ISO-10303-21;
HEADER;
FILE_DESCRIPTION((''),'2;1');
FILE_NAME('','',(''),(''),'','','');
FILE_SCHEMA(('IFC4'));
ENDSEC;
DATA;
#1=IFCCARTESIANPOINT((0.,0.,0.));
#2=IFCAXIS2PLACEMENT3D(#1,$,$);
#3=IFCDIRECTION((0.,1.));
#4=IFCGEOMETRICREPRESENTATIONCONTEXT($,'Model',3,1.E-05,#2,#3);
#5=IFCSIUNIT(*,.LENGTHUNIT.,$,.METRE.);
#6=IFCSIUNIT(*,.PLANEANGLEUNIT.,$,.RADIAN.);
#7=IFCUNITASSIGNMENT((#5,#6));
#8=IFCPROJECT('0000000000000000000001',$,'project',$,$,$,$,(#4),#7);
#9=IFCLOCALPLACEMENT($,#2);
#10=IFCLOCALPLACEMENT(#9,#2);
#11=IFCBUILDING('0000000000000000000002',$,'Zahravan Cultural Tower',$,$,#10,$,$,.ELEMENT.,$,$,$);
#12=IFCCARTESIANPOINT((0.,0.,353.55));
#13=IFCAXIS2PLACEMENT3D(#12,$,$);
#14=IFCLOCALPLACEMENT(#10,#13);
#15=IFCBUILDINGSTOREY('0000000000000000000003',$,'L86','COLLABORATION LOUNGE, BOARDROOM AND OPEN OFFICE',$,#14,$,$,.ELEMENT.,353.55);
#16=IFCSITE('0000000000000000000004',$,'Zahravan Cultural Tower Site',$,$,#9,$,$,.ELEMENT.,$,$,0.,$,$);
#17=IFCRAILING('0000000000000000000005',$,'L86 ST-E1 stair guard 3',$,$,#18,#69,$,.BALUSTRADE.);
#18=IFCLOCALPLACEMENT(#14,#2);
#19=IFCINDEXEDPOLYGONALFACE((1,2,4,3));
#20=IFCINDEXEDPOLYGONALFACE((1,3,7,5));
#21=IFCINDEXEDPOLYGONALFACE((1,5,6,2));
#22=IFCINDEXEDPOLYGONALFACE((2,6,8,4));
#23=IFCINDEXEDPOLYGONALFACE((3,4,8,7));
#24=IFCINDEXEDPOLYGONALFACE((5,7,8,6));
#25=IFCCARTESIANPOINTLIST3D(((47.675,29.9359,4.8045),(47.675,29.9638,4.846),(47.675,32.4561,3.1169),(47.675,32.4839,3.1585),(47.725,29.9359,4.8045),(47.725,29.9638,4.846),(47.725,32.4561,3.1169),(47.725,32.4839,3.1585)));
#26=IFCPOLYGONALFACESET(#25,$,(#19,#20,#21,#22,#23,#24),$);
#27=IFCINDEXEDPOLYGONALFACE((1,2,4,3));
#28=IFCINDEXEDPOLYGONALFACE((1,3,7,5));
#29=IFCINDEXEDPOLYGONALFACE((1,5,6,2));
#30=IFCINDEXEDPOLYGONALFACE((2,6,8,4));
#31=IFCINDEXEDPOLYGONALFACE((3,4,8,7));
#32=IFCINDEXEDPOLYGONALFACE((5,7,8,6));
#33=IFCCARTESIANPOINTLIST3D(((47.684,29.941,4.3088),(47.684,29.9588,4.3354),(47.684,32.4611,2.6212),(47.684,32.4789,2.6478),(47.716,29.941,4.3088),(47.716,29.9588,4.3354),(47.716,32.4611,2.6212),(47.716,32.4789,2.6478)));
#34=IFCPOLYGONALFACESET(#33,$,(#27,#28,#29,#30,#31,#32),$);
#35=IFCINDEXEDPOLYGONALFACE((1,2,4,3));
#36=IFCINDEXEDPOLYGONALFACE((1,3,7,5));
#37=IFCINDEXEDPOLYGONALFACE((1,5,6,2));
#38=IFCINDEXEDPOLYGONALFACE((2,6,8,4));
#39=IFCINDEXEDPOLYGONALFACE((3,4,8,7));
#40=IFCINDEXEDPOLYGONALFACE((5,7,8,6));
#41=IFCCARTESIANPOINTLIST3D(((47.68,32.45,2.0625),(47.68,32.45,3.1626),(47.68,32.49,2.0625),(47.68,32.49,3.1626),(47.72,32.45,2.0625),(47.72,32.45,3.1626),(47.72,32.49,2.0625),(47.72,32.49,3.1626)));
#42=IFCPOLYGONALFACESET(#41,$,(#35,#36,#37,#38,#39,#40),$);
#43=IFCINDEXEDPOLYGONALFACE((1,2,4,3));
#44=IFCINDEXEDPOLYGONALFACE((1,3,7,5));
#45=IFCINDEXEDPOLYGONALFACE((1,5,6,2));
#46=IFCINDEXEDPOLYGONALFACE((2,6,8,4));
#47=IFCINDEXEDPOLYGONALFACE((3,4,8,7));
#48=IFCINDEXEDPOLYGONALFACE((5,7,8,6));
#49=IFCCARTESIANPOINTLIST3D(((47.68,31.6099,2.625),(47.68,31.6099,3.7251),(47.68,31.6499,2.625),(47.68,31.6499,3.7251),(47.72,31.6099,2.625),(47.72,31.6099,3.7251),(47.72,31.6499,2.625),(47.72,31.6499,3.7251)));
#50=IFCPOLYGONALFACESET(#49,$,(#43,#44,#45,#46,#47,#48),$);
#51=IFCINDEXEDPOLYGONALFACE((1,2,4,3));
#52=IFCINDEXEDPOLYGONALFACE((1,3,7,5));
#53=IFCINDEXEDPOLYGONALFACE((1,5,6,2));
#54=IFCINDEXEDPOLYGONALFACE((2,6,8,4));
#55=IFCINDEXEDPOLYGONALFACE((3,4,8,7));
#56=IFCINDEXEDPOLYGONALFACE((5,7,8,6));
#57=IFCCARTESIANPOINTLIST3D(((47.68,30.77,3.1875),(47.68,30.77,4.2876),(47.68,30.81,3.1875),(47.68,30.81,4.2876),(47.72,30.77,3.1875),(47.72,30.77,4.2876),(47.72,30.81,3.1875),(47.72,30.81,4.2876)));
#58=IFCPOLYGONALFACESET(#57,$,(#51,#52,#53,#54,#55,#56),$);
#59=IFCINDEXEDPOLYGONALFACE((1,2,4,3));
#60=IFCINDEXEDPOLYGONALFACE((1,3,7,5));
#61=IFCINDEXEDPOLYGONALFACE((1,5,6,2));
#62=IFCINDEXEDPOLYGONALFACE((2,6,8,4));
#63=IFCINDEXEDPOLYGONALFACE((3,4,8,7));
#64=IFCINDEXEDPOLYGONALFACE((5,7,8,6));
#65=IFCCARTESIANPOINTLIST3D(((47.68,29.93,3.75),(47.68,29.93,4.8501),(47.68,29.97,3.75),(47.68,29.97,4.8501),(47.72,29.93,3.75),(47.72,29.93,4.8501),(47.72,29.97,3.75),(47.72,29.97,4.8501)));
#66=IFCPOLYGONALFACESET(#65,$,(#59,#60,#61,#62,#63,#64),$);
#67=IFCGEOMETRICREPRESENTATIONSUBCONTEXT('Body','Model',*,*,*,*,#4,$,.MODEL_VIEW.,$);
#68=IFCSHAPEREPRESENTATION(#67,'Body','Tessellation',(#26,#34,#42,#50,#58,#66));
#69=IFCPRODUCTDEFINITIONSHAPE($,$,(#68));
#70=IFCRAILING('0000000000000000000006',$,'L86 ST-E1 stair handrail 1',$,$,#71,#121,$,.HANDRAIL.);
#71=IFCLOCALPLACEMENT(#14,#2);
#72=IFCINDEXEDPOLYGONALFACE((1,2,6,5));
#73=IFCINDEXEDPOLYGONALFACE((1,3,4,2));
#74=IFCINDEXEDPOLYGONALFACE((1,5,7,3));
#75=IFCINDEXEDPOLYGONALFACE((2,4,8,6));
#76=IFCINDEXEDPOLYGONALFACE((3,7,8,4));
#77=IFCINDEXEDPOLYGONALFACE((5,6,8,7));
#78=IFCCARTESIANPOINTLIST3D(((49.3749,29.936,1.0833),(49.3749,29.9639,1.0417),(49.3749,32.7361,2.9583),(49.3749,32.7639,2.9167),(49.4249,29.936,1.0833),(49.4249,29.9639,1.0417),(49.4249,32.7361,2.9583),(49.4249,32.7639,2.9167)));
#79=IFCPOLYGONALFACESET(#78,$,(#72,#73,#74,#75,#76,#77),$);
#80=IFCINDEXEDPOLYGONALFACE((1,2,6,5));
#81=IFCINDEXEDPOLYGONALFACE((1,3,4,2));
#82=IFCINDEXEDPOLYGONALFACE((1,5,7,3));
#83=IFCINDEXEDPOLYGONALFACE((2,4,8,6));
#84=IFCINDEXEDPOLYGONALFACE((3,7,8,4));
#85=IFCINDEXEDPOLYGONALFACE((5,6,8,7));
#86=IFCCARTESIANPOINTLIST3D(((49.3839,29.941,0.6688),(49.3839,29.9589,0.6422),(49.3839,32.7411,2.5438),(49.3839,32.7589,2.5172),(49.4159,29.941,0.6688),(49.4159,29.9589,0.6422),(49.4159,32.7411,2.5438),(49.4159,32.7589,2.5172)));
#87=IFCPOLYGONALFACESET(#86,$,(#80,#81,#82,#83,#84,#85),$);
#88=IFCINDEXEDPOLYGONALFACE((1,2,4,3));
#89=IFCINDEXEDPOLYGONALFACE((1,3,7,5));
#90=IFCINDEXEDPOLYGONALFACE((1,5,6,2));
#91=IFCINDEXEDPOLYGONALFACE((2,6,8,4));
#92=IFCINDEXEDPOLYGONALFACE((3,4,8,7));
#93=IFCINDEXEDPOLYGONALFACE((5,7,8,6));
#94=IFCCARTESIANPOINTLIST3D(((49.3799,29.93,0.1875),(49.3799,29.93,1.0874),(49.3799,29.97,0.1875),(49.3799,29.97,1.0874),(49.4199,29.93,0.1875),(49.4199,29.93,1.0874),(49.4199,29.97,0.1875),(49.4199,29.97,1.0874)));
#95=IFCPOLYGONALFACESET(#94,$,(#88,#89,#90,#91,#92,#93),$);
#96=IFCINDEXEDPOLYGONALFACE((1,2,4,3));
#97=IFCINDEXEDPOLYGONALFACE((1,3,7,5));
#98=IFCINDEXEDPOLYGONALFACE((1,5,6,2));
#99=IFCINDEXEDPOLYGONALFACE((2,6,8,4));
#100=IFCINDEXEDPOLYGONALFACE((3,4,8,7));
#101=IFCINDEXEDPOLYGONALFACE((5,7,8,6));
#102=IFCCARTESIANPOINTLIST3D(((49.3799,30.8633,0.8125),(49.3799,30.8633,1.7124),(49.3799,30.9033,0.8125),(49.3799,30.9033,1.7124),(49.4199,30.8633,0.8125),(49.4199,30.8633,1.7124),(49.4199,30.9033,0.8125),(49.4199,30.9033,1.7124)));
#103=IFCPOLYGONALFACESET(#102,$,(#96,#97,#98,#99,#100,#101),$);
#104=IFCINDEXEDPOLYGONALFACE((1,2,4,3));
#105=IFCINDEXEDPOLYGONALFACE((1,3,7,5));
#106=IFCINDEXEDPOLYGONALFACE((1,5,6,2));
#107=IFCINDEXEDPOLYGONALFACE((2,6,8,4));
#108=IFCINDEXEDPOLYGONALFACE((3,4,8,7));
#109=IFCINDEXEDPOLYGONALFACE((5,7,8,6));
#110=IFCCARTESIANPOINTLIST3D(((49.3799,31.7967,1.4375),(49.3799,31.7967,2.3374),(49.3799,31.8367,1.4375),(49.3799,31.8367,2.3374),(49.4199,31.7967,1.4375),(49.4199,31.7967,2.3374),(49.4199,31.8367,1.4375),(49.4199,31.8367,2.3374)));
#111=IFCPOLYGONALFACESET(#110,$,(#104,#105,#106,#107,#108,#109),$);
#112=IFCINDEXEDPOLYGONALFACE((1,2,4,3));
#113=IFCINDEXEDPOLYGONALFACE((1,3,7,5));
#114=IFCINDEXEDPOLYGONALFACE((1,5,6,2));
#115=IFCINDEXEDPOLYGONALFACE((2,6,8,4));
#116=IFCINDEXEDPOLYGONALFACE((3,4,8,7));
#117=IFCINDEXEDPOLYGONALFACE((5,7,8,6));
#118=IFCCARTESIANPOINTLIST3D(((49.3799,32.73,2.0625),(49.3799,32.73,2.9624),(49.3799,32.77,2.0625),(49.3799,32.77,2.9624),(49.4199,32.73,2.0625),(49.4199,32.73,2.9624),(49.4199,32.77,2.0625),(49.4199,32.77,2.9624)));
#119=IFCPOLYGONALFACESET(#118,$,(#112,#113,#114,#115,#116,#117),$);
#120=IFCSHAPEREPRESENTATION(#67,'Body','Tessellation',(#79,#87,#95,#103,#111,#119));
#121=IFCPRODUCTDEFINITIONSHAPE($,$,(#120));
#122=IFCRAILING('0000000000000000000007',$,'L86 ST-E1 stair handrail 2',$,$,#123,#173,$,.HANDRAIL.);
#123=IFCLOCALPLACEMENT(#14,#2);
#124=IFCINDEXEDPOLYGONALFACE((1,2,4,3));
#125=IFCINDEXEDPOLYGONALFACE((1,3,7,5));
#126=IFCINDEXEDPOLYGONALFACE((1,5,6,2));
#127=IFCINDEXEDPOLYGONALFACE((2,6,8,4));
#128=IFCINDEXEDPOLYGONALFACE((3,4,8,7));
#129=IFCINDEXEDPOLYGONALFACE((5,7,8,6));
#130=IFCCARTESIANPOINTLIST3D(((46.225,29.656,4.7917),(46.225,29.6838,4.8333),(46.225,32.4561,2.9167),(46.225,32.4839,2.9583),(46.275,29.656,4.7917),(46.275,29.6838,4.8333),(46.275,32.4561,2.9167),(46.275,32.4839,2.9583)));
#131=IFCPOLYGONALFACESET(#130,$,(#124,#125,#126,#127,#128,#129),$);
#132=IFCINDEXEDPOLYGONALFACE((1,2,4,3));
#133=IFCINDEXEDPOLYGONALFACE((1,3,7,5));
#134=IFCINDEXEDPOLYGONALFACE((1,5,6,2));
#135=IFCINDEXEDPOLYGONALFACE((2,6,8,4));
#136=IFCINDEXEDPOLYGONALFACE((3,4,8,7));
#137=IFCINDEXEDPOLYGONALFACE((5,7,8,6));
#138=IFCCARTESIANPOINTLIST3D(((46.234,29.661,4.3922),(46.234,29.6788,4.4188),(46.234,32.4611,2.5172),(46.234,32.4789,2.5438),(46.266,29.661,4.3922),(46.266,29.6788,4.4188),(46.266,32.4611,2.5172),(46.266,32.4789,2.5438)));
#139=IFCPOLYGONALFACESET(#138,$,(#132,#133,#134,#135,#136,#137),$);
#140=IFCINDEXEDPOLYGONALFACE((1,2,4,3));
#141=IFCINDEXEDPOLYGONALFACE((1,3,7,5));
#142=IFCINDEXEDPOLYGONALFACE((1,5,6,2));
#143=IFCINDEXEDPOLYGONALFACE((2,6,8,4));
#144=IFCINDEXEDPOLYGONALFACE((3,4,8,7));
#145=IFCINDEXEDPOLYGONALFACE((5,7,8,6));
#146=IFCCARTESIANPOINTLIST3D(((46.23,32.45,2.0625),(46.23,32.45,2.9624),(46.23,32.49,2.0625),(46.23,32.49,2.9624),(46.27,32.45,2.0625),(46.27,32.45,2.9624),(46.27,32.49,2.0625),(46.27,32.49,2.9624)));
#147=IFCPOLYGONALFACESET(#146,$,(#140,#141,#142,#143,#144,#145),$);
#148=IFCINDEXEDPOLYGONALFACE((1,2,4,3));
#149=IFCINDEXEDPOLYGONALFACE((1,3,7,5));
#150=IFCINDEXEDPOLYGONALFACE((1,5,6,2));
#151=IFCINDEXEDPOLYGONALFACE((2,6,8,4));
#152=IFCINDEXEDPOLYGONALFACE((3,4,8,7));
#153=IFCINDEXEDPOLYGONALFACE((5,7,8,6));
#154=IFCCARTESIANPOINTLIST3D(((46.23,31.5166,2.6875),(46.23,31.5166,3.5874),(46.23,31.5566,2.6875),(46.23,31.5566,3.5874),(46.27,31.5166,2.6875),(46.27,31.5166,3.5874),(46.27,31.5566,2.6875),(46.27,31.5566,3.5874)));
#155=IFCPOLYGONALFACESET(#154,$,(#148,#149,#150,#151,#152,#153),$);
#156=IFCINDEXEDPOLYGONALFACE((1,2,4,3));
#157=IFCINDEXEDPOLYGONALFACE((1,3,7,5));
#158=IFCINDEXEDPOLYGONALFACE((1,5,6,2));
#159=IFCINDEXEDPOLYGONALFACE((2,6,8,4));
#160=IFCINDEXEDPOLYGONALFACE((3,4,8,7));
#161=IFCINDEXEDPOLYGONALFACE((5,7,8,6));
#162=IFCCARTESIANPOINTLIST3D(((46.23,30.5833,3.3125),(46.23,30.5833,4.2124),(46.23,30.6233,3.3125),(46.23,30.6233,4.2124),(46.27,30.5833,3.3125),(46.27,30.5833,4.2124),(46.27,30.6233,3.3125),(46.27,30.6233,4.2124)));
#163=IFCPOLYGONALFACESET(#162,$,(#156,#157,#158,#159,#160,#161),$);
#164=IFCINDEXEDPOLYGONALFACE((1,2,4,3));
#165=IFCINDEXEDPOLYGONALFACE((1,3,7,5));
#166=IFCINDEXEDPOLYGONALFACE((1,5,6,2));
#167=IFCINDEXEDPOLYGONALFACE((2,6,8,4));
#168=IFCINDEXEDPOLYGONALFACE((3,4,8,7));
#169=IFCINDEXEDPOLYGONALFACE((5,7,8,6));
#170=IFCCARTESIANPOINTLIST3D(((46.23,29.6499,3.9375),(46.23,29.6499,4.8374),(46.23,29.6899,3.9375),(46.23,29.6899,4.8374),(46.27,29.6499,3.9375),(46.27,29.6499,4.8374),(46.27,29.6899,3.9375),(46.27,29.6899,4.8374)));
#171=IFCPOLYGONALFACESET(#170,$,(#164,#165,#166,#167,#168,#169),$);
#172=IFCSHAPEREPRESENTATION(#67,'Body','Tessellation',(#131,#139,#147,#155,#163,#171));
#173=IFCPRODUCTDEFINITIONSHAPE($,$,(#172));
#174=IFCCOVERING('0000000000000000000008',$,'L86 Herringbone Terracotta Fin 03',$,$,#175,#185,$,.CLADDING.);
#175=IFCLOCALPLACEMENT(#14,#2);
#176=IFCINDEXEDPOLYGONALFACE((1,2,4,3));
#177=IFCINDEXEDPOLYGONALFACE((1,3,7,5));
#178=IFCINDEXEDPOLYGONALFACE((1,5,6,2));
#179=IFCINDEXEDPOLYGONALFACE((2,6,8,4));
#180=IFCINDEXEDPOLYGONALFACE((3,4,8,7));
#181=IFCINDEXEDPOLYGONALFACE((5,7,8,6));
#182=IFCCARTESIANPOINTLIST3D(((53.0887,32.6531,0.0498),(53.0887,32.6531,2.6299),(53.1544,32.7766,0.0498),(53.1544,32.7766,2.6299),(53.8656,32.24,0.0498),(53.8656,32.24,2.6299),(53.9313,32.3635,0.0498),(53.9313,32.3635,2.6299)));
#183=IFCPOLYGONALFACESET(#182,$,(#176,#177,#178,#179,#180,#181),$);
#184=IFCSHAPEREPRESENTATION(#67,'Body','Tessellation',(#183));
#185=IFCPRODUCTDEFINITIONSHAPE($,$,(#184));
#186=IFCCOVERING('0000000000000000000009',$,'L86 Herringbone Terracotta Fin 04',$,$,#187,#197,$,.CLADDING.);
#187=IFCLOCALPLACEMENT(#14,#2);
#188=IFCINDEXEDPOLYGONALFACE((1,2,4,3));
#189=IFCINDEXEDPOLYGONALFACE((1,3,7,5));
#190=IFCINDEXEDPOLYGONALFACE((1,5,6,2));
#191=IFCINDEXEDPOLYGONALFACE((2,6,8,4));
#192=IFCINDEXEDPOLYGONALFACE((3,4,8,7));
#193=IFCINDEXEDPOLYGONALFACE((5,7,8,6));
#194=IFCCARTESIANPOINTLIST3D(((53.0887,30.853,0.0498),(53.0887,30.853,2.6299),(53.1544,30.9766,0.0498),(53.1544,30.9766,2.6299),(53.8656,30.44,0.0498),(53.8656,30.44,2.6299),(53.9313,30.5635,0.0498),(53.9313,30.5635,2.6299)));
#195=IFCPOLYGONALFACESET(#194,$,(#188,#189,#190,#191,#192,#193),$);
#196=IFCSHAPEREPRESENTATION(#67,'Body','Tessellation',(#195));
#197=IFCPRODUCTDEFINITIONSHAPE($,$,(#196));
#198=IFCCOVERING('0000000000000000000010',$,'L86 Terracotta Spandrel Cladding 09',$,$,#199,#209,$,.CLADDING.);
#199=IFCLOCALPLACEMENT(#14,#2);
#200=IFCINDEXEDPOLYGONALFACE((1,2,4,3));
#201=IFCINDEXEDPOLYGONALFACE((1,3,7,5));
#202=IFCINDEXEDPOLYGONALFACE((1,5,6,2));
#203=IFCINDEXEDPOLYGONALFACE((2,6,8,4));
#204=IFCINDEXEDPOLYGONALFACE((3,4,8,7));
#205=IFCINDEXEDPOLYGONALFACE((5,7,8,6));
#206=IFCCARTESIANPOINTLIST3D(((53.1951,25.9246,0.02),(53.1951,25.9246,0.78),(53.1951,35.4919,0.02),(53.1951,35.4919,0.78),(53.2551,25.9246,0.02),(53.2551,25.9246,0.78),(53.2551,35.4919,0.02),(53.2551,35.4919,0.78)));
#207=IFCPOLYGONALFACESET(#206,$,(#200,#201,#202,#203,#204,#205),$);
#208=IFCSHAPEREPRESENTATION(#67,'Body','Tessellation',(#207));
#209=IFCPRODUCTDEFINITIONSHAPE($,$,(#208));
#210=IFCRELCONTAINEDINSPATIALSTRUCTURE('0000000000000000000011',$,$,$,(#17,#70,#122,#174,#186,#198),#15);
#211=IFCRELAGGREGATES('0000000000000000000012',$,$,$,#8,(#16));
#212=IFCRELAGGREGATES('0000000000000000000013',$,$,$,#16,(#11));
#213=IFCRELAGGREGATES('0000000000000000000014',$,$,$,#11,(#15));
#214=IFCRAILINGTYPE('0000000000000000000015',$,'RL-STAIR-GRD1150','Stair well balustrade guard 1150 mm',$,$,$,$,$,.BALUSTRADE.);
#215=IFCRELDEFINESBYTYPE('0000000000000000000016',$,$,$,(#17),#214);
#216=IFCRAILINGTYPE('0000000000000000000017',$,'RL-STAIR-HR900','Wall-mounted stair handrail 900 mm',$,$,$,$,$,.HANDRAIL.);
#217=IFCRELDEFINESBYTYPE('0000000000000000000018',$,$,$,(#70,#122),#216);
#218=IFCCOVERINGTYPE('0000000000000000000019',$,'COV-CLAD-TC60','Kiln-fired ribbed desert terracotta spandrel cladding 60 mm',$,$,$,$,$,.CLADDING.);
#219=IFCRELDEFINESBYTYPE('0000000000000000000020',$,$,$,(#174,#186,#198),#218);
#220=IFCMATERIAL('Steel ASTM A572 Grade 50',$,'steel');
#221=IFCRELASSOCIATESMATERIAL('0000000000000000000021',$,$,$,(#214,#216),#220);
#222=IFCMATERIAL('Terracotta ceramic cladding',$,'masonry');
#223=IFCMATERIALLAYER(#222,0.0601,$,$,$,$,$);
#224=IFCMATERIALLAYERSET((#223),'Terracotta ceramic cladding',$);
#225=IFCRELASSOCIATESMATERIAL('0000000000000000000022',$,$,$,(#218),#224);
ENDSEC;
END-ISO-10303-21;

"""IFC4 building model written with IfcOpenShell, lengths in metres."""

from ifc_helpers import new_model, si_unit, direction, frame, origin, origin_2d, place, context, subcontext, project, spatial, rectangle, extrude, source, transform, mapped, material, layer, layer_set, type_object, element, save


model = new_model("IFC4")

# Units and contexts
model_context = context("Model", 3, precision=1e-05, world=origin(), true_north=direction((0.0, 1.0)))
body_context = subcontext(model_context, "Body", "Model", "MODEL_VIEW")
ifc_project = project(units=[si_unit("LENGTHUNIT", "METRE"), si_unit("PLANEANGLEUNIT", "RADIAN")], contexts=[model_context])

# Site, building, storey
site_placement = place(None, origin())
site = spatial("IfcSite", under=ifc_project, at=site_placement, Name="Zahravan Cultural Tower Site", CompositionType="ELEMENT", RefElevation=0.0)
building_placement = place(site_placement, origin())
building = spatial("IfcBuilding", under=site, at=building_placement, Name="Zahravan Cultural Tower", CompositionType="ELEMENT")
storey_placement = place(building_placement, frame((0.0, 0.0, 353.55)))
storey = spatial("IfcBuildingStorey", under=building, at=storey_placement, Name="L86", Description="COLLABORATION LOUNGE, BOARDROOM AND OPEN OFFICE", CompositionType="ELEMENT", Elevation=353.55)

# Shared definitions
ifc_material_1 = material(Name="Steel ASTM A572 Grade 50", Category="steel")

# Railings
railing_type_1 = type_object("IfcRailingType", Name="RL-STAIR-GRD1150", Description="Stair well balustrade guard 1150 mm", PredefinedType="BALUSTRADE", material=ifc_material_1)
railing_1_placement = place(storey_placement, frame((47.7, 32.47, 2.0625)))
element("IfcRailing", 1, at=railing_1_placement, inside=storey, type_object=railing_type_1, Name="L86 ST-E1 stair guard 3", PredefinedType="BALUSTRADE", context=body_context, shape_type="SweptSolid", body=[
    extrude(rectangle(XDim=0.05, YDim=0.05, at=origin_2d()), frame((0.0, 0.0, 1.0752), z_axis=(0.0, -0.830909, 0.556408), x_axis=(1.0, 0.0, 0.0)), (0.0, 0.0, 1.0), 3.033),
    extrude(rectangle(XDim=0.032, YDim=0.032, at=origin_2d()), frame((0.0, 0.0, 0.572), z_axis=(0.0, -0.830909, 0.556408), x_axis=(1.0, 0.0, 0.0)), (0.0, 0.0, 1.0), 3.033),
    extrude(rectangle(XDim=0.04, YDim=0.04, at=origin_2d()), origin(), (0.0, 0.0, 1.0), 1.1001),
    extrude(rectangle(XDim=0.04, YDim=0.04, at=origin_2d()), frame((0.0, -0.8401, 0.5625)), (0.0, 0.0, 1.0), 1.1001),
    extrude(rectangle(XDim=0.04, YDim=0.04, at=origin_2d()), frame((0.0, -1.6799, 1.125)), (0.0, 0.0, 1.0), 1.1001),
    extrude(rectangle(XDim=0.04, YDim=0.04, at=origin_2d()), frame((0.0, -2.52, 1.6875)), (0.0, 0.0, 1.0), 1.1001),
])
railing_type_2 = type_object("IfcRailingType", Name="RL-STAIR-HR900", Description="Wall-mounted stair handrail 900 mm", PredefinedType="HANDRAIL", material=ifc_material_1)
railing_2_placement = place(storey_placement, frame((49.3999, 29.95, 0.1875)))
element("IfcRailing", 2, at=railing_2_placement, inside=storey, type_object=railing_type_2, Name="L86 ST-E1 stair handrail 1", PredefinedType="HANDRAIL", context=body_context, shape_type="SweptSolid", body=[
    extrude(rectangle(XDim=0.05, YDim=0.05, at=origin_2d()), frame((0.0, 0.0, 0.875), z_axis=(0.0, 0.830912, 0.556404), x_axis=(-1.0, 0.0, 0.0)), (0.0, 0.0, 1.0), 3.3699),
    extrude(rectangle(XDim=0.032, YDim=0.032, at=origin_2d()), frame((0.0, 0.0, 0.468), z_axis=(0.0, 0.830912, 0.556404), x_axis=(-1.0, 0.0, 0.0)), (0.0, 0.0, 1.0), 3.3699),
    extrude(rectangle(XDim=0.04, YDim=0.04, at=origin_2d()), origin(), (0.0, 0.0, 1.0), 0.8999),
    extrude(rectangle(XDim=0.04, YDim=0.04, at=origin_2d()), frame((0.0, 0.9333, 0.625)), (0.0, 0.0, 1.0), 0.8999),
    extrude(rectangle(XDim=0.04, YDim=0.04, at=origin_2d()), frame((0.0, 1.8667, 1.25)), (0.0, 0.0, 1.0), 0.8999),
    extrude(rectangle(XDim=0.04, YDim=0.04, at=origin_2d()), frame((0.0, 2.8, 1.875)), (0.0, 0.0, 1.0), 0.8999),
])
railing_3_placement = place(storey_placement, frame((46.25, 32.47, 2.0625)))
element("IfcRailing", 3, at=railing_3_placement, inside=storey, type_object=railing_type_2, Name="L86 ST-E1 stair handrail 2", PredefinedType="HANDRAIL", context=body_context, shape_type="SweptSolid", body=[
    extrude(rectangle(XDim=0.05, YDim=0.05, at=origin_2d()), frame((0.0, 0.0, 0.875), z_axis=(0.0, -0.830912, 0.556404), x_axis=(1.0, 0.0, 0.0)), (0.0, 0.0, 1.0), 3.3699),
    extrude(rectangle(XDim=0.032, YDim=0.032, at=origin_2d()), frame((0.0, 0.0, 0.468), z_axis=(0.0, -0.830912, 0.556404), x_axis=(1.0, 0.0, 0.0)), (0.0, 0.0, 1.0), 3.3699),
    extrude(rectangle(XDim=0.04, YDim=0.04, at=origin_2d()), origin(), (0.0, 0.0, 1.0), 0.8999),
    extrude(rectangle(XDim=0.04, YDim=0.04, at=origin_2d()), frame((0.0, -0.9333, 0.625)), (0.0, 0.0, 1.0), 0.8999),
    extrude(rectangle(XDim=0.04, YDim=0.04, at=origin_2d()), frame((0.0, -1.8667, 1.25)), (0.0, 0.0, 1.0), 0.8999),
    extrude(rectangle(XDim=0.04, YDim=0.04, at=origin_2d()), frame((0.0, -2.8, 1.875)), (0.0, 0.0, 1.0), 0.8999),
])

# Coverings
ifc_material_2 = material(Name="Terracotta ceramic cladding", Category="masonry")
ifc_layer_1 = layer(ifc_material_2, 0.0601)
ifc_layer_set_1 = layer_set([ifc_layer_1], Name="Terracotta ceramic cladding")
covering_type = type_object("IfcCoveringType", Name="COV-CLAD-TC60", Description="Kiln-fired ribbed desert terracotta spandrel cladding 60 mm", PredefinedType="CLADDING", material=ifc_layer_set_1)
shared_shape_1 = source(origin(), body_context, "Body", "SweptSolid", [
    extrude(rectangle(XDim=0.8799, YDim=0.1399, at=origin_2d()), origin(), (0.0, 0.0, 1.0), 2.5801),
])
for number, where, z_axis, x_axis, name in (
    (4, (53.51, 32.5083, 0.0498), (0.0, 0.0, 1.0), (0.882948, -0.469472, 0.0), "L86 Herringbone Terracotta Fin 03"),
    (5, (53.51, 30.7083, 0.0498), (0.0, 0.0, 1.0), (0.882948, -0.469472, 0.0), "L86 Herringbone Terracotta Fin 04"),
):
    element("IfcCovering", number, at=place(storey_placement, frame(where, z_axis=z_axis, x_axis=x_axis)), inside=storey, type_object=covering_type, Name=name, PredefinedType="CLADDING", context=body_context, shape_type="MappedRepresentation", body=[
        mapped(shared_shape_1, transform((0.0, 0.0, 0.0), x_axis=(1.0, 0.0, 0.0), y_axis=(0.0, 1.0, 0.0), z_axis=(0.0, 0.0, 1.0), scale=1.0)),
    ])
shared_shape_2 = source(origin(), body_context, "Body", "SweptSolid", [
    extrude(rectangle(XDim=9.5674, YDim=0.0601, at=origin_2d()), origin(), (0.0, 0.0, 1.0), 0.76),
])
covering_placement = place(storey_placement, frame((53.2251, 30.7083, 0.02), z_axis=(0.0, 0.0, 1.0), x_axis=(0.0, -1.0, 0.0)))
element("IfcCovering", 6, at=covering_placement, inside=storey, type_object=covering_type, Name="L86 Terracotta Spandrel Cladding 09", PredefinedType="CLADDING", context=body_context, shape_type="MappedRepresentation", body=[
    mapped(shared_shape_2, transform((0.0, 0.0, 0.0), x_axis=(1.0, 0.0, 0.0), y_axis=(0.0, 1.0, 0.0), z_axis=(0.0, 0.0, 1.0), scale=1.0)),
])

save(model, "model.ifc")
